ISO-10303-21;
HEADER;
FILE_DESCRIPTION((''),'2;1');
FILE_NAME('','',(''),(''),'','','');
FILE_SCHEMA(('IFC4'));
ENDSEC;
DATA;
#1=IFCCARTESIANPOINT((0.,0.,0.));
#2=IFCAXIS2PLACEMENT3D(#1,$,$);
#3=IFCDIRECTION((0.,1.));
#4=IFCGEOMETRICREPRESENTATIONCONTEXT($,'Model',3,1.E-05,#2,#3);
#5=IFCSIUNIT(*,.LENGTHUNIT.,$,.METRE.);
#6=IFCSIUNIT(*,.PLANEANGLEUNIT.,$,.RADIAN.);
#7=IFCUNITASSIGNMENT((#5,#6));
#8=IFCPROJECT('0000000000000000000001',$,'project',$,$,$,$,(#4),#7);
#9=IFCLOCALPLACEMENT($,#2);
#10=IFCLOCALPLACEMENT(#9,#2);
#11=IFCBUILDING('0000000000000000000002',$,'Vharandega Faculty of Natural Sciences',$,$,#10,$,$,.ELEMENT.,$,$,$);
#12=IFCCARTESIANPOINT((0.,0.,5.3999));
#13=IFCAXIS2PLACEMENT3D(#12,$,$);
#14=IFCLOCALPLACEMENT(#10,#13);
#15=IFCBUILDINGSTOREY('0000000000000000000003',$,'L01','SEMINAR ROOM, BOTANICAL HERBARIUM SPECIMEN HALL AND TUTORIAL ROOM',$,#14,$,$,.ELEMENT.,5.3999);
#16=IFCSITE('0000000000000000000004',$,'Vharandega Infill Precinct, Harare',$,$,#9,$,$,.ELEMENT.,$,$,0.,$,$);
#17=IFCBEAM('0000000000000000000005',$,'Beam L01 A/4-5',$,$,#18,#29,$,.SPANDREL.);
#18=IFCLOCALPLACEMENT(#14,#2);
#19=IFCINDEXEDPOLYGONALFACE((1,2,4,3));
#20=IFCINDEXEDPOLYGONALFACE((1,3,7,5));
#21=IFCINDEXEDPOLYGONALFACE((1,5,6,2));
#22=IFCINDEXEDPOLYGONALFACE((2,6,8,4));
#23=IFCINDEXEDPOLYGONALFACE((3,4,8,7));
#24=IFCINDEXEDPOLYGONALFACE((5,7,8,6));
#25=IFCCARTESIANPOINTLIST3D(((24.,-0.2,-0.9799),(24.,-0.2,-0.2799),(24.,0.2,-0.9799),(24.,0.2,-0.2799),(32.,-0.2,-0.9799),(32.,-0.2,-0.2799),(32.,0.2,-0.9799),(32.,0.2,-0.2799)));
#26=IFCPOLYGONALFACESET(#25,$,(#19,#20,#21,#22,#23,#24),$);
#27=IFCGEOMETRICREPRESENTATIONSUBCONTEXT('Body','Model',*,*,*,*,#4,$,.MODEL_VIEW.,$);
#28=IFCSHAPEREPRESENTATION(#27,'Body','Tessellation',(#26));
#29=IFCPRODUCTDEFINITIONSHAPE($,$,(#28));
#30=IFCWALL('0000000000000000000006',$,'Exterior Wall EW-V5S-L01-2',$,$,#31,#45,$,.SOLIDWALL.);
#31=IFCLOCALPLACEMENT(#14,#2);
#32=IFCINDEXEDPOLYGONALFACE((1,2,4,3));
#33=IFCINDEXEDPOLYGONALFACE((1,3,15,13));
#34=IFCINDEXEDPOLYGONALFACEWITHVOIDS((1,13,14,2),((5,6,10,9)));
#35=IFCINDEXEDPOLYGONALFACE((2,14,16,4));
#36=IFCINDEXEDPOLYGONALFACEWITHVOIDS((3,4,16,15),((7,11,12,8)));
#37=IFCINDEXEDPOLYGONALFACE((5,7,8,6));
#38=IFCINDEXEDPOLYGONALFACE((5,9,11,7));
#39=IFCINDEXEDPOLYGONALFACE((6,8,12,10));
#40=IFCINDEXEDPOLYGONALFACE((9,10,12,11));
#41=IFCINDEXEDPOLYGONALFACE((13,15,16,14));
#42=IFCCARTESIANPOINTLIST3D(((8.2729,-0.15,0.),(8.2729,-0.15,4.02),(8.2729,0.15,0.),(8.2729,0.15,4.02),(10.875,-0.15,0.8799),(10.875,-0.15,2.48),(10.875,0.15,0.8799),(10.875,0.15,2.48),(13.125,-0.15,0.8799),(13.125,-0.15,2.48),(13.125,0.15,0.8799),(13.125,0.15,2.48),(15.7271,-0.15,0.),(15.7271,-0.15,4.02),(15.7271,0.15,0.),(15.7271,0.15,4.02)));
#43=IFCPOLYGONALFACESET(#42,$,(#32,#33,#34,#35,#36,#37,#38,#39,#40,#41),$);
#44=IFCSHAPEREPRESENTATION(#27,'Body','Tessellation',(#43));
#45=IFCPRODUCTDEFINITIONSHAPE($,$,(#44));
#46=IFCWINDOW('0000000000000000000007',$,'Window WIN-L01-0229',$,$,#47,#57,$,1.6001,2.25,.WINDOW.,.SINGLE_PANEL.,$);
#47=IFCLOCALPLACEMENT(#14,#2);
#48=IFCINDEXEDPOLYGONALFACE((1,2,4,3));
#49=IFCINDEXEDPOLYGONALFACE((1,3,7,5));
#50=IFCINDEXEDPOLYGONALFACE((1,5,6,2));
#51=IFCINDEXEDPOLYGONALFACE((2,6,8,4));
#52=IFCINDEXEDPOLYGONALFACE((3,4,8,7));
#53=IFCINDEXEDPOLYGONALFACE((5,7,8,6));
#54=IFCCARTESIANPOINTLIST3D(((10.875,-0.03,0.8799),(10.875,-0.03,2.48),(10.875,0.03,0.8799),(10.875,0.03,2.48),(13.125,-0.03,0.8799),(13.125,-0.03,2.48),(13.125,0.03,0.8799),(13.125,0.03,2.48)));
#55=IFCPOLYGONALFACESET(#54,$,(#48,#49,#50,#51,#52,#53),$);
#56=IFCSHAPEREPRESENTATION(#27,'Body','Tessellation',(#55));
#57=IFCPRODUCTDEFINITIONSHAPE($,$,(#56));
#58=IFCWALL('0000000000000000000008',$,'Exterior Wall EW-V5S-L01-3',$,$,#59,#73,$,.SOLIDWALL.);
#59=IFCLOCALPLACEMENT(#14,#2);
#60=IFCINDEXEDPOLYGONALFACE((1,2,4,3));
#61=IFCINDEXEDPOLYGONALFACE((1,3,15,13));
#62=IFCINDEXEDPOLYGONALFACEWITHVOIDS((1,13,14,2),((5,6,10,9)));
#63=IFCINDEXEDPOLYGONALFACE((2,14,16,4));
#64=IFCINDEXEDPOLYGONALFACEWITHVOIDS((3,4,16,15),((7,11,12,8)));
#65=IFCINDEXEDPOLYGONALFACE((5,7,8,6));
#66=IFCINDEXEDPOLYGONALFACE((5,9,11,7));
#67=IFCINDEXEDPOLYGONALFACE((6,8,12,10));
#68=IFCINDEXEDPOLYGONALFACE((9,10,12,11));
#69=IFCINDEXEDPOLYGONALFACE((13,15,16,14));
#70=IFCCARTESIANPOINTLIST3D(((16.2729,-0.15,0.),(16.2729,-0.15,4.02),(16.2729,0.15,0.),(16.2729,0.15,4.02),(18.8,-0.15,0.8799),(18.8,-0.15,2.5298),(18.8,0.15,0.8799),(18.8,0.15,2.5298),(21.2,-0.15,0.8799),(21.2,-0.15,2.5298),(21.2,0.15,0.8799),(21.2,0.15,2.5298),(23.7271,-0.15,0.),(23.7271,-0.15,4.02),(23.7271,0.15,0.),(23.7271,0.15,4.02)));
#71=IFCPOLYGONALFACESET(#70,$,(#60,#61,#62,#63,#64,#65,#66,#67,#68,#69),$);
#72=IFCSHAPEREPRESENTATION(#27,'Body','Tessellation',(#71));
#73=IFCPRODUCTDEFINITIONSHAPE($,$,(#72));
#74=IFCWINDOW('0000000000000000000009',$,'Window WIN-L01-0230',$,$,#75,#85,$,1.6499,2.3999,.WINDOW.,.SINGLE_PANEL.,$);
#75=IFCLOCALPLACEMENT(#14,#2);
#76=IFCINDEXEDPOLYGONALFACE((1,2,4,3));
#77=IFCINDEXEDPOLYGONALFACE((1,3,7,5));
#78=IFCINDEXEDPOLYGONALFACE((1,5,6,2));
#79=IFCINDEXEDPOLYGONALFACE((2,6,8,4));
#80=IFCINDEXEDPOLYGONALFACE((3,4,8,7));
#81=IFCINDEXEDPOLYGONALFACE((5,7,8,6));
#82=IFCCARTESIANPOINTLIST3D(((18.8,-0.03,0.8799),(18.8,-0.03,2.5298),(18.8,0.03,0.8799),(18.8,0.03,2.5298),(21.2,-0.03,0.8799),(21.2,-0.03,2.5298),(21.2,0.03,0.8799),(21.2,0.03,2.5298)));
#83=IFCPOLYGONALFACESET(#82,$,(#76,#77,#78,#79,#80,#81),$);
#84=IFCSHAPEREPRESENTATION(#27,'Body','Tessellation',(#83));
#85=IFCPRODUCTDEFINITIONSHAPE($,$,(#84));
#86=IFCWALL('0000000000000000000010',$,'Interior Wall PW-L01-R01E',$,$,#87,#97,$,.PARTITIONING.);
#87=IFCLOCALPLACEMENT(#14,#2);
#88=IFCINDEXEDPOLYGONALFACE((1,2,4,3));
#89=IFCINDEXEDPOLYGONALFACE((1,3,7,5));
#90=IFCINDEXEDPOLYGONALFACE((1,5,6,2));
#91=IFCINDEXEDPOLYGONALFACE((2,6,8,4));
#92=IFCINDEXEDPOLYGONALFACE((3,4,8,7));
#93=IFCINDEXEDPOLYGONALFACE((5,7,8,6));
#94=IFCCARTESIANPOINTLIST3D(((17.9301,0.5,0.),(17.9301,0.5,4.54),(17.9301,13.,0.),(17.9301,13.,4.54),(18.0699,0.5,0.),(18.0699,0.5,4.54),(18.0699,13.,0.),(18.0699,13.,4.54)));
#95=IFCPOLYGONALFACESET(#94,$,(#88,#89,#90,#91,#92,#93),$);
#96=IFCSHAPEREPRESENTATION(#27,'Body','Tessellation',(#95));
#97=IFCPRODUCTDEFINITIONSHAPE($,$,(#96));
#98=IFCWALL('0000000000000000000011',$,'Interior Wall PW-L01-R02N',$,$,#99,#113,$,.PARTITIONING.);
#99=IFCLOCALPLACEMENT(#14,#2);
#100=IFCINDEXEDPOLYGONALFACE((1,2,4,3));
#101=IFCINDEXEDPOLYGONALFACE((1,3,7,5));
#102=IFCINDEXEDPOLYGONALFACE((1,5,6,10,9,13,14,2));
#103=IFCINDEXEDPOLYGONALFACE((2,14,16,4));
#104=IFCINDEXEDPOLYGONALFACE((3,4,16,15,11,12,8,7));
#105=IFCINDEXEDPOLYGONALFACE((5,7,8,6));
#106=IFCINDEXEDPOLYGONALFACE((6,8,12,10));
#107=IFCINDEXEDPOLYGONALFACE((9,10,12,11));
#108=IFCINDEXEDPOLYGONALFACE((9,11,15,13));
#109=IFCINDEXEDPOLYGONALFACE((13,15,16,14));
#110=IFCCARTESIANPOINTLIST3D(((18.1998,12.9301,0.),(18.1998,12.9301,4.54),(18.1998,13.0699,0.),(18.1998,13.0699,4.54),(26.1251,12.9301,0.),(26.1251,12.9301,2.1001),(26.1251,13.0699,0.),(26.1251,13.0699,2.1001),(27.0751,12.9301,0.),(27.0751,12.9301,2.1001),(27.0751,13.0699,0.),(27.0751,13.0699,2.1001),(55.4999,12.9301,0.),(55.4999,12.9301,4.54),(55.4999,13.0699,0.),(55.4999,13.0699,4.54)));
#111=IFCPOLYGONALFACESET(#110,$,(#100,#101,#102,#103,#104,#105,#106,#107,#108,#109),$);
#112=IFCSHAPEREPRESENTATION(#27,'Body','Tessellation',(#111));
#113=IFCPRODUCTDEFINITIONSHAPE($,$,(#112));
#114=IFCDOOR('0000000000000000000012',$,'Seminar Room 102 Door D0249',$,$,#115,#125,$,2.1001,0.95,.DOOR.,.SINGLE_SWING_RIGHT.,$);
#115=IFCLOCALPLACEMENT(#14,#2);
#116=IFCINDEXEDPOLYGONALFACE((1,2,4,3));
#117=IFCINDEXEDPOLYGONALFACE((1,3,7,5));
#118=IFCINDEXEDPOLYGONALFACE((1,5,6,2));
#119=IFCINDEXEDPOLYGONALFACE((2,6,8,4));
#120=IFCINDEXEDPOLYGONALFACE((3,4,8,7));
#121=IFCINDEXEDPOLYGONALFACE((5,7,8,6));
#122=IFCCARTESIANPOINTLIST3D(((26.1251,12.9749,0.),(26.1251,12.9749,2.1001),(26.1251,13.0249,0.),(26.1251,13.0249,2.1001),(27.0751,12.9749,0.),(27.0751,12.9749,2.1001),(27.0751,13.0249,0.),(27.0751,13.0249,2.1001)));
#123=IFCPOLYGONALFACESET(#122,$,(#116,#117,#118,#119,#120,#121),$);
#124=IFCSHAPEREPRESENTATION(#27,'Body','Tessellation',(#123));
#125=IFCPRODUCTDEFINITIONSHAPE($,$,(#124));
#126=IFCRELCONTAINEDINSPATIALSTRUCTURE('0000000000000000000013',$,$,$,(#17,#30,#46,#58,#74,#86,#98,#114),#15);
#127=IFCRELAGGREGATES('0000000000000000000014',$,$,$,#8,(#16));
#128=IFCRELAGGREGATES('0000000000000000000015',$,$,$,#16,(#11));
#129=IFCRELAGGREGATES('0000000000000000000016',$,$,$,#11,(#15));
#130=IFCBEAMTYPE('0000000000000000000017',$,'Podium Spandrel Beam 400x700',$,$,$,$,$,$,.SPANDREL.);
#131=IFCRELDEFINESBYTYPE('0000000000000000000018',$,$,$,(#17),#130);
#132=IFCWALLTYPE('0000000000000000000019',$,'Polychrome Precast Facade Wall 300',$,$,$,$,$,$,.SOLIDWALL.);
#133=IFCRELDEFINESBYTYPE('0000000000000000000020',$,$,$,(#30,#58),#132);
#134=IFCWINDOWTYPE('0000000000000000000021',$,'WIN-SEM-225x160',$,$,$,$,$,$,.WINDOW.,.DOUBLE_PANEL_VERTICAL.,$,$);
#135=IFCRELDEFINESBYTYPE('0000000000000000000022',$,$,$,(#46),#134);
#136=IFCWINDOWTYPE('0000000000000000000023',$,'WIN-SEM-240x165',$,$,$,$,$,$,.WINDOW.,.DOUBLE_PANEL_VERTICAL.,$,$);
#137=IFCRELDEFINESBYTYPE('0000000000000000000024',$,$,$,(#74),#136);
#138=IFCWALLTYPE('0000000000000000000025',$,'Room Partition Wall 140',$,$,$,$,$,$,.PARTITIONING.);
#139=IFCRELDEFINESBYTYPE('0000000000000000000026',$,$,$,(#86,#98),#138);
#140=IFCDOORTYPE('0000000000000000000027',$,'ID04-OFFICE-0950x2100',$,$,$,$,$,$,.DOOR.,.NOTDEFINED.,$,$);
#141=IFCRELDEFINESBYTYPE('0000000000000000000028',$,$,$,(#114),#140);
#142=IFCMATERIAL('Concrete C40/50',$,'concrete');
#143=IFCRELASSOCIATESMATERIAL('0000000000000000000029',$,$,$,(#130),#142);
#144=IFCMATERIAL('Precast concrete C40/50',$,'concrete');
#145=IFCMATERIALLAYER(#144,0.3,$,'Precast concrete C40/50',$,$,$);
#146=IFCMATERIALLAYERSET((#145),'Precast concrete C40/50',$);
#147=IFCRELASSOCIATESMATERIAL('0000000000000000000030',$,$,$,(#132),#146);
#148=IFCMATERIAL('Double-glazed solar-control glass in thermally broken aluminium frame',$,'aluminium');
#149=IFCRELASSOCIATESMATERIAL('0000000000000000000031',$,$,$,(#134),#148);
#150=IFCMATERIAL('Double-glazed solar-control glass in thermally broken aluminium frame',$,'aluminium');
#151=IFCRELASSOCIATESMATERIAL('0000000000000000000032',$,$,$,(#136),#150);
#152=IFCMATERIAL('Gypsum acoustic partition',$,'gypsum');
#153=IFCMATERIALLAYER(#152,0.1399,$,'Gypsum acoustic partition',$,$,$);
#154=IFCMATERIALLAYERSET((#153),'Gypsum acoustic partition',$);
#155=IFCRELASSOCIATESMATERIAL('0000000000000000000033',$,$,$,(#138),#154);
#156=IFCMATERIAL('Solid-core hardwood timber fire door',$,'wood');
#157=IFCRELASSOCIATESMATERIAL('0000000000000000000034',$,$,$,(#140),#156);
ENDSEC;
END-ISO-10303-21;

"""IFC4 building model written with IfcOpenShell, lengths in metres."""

from ifc_helpers import new_model, si_unit, direction, frame, frame_2d, origin, origin_2d, place, context, subcontext, project, spatial, rectangle, extrude, material, layer, layer_set, material_profile, profile_set, type_object, element, fill, save


model = new_model("IFC4")

# Units and contexts
model_context = context("Model", 3, precision=1e-05, world=origin(), true_north=direction((0.0, 1.0)))
body_context = subcontext(model_context, "Body", "Model", "MODEL_VIEW")
ifc_project = project(units=[si_unit("LENGTHUNIT", "METRE"), si_unit("PLANEANGLEUNIT", "RADIAN")], contexts=[model_context])

# Site, building, storey
site_placement = place(None, origin())
site = spatial("IfcSite", under=ifc_project, at=site_placement, Name="Vharandega Infill Precinct, Harare", CompositionType="ELEMENT", RefElevation=0.0)
building_placement = place(site_placement, origin())
building = spatial("IfcBuilding", under=site, at=building_placement, Name="Vharandega Faculty of Natural Sciences", CompositionType="ELEMENT")
storey_placement = place(building_placement, frame((0.0, 0.0, 5.3999)))
storey = spatial("IfcBuildingStorey", under=building, at=storey_placement, Name="L01", Description="SEMINAR ROOM, BOTANICAL HERBARIUM SPECIMEN HALL AND TUTORIAL ROOM", CompositionType="ELEMENT", Elevation=5.3999)

# Beam
ifc_material_1 = material(Name="Concrete C40/50", Category="concrete")
ifc_material_profile_1 = material_profile(ifc_material_1, rectangle(XDim=0.3999, YDim=0.7, at=origin_2d()), Name="RC 400x700")
ifc_profile_set_1 = profile_set([ifc_material_profile_1], Name="Concrete C40/50")
beam_type_1 = type_object("IfcBeamType", Name="Podium Spandrel Beam 400x700", PredefinedType="SPANDREL", material=ifc_profile_set_1)
for number, where, z_axis, x_axis, name in (
    (1, (24.0, 0.0, -0.6299), (1.0, 0.0, 0.0), (0.0, 1.0, 0.0), "Beam L01 A/4-5"),
):
    element("IfcBeam", number, at=place(storey_placement, frame(where, z_axis=z_axis, x_axis=x_axis)), inside=storey, type_object=beam_type_1, Name=name, PredefinedType="SPANDREL", context=body_context, shape_type="SweptSolid", body=[
        extrude(rectangle(XDim=0.3999, YDim=0.7, at=origin_2d()), origin(), (0.0, 0.0, 1.0), 8.0),
    ])

# Walls, openings, windows
ifc_material_2 = material(Name="Precast concrete C40/50", Category="concrete")
ifc_layer_1 = layer(ifc_material_2, 0.3, Name="Precast concrete C40/50")
ifc_layer_set_1 = layer_set([ifc_layer_1], Name="Precast concrete C40/50")
wall_type_1 = type_object("IfcWallType", Name="Polychrome Precast Facade Wall 300", PredefinedType="SOLIDWALL", material=ifc_layer_set_1)
wall_1_placement = place(storey_placement, frame((15.7271, 0.0, 0.0), z_axis=(0.0, 0.0, 1.0), x_axis=(-1.0, 0.0, 0.0)))
wall_1 = element("IfcWall", 2, at=wall_1_placement, inside=storey, type_object=wall_type_1, Name="Exterior Wall EW-V5S-L01-2", PredefinedType="SOLIDWALL", context=body_context, shape_type="SweptSolid", body=[
    extrude(rectangle(XDim=7.4541, YDim=0.3, at=frame_2d((3.7271, 0.0))), origin(), (0.0, 0.0, 1.0), 4.02),
])
opening_1_placement = place(wall_1_placement, frame((2.6021, 0.0, 0.8799)))
opening_1 = element("IfcOpeningElement", 3, at=opening_1_placement, cuts=wall_1, PredefinedType="OPENING", context=body_context, shape_type="SweptSolid", body=[
    extrude(rectangle(XDim=2.25, YDim=1.6001, at=frame_2d((1.125, 0.8))), frame((0.0, 0.1602, 0.0), z_axis=(0.0, -1.0, 0.0), x_axis=(1.0, 0.0, 0.0)), (0.0, 0.0, 1.0), 0.3201),
])
ifc_material_3 = material(Name="Double-glazed solar-control glass in thermally broken aluminium frame", Category="aluminium")
window_type_1 = type_object("IfcWindowType", Name="WIN-SEM-225x160", PartitioningType="DOUBLE_PANEL_VERTICAL", PredefinedType="WINDOW", material=ifc_material_3)
window_1_placement = place(opening_1_placement, origin())
window_1 = element("IfcWindow", 4, at=window_1_placement, inside=storey, type_object=window_type_1, Name="Window WIN-L01-0229", OverallHeight=1.6001, OverallWidth=2.25, PartitioningType="SINGLE_PANEL", PredefinedType="WINDOW", context=body_context, shape_type="SweptSolid", body=[
    extrude(rectangle(XDim=2.25, YDim=1.6001, at=frame_2d((1.125, 0.8))), frame((0.0, 0.03, 0.0), z_axis=(0.0, -1.0, 0.0), x_axis=(1.0, 0.0, 0.0)), (0.0, 0.0, 1.0), 0.0601),
])
fill(opening_1, window_1)
wall_2_placement = place(storey_placement, frame((23.7271, 0.0, 0.0), z_axis=(0.0, 0.0, 1.0), x_axis=(-1.0, 0.0, 0.0)))
wall_2 = element("IfcWall", 5, at=wall_2_placement, inside=storey, type_object=wall_type_1, Name="Exterior Wall EW-V5S-L01-3", PredefinedType="SOLIDWALL", context=body_context, shape_type="SweptSolid", body=[
    extrude(rectangle(XDim=7.4541, YDim=0.3, at=frame_2d((3.7271, 0.0))), origin(), (0.0, 0.0, 1.0), 4.02),
])
opening_2_placement = place(wall_2_placement, frame((2.5271, 0.0, 0.8799)))
opening_2 = element("IfcOpeningElement", 6, at=opening_2_placement, cuts=wall_2, PredefinedType="OPENING", context=body_context, shape_type="SweptSolid", body=[
    extrude(rectangle(XDim=2.3999, YDim=1.6499, at=frame_2d((1.2, 0.825))), frame((0.0, 0.1602, 0.0), z_axis=(0.0, -1.0, 0.0), x_axis=(1.0, 0.0, 0.0)), (0.0, 0.0, 1.0), 0.3201),
])
ifc_material_4 = material(Name="Double-glazed solar-control glass in thermally broken aluminium frame", Category="aluminium")
window_type_2 = type_object("IfcWindowType", Name="WIN-SEM-240x165", PartitioningType="DOUBLE_PANEL_VERTICAL", PredefinedType="WINDOW", material=ifc_material_4)
window_2_placement = place(opening_2_placement, origin())
window_2 = element("IfcWindow", 7, at=window_2_placement, inside=storey, type_object=window_type_2, Name="Window WIN-L01-0230", OverallHeight=1.6499, OverallWidth=2.3999, PartitioningType="SINGLE_PANEL", PredefinedType="WINDOW", context=body_context, shape_type="SweptSolid", body=[
    extrude(rectangle(XDim=2.3999, YDim=1.6499, at=frame_2d((1.2, 0.825))), frame((0.0, 0.03, 0.0), z_axis=(0.0, -1.0, 0.0), x_axis=(1.0, 0.0, 0.0)), (0.0, 0.0, 1.0), 0.0601),
])
fill(opening_2, window_2)

# Wall
ifc_material_5 = material(Name="Gypsum acoustic partition", Category="gypsum")
ifc_layer_2 = layer(ifc_material_5, 0.1399, Name="Gypsum acoustic partition")
ifc_layer_set_2 = layer_set([ifc_layer_2], Name="Gypsum acoustic partition")
wall_type_2 = type_object("IfcWallType", Name="Room Partition Wall 140", PredefinedType="PARTITIONING", material=ifc_layer_set_2)
wall_3_placement = place(storey_placement, frame((18.0, 0.5, 0.0), z_axis=(0.0, 0.0, 1.0), x_axis=(0.0, 1.0, 0.0)))
element("IfcWall", 8, at=wall_3_placement, inside=storey, type_object=wall_type_2, Name="Interior Wall PW-L01-R01E", PredefinedType="PARTITIONING", context=body_context, shape_type="SweptSolid", body=[
    extrude(rectangle(XDim=12.5, YDim=0.1399, at=frame_2d((6.25, 0.0))), origin(), (0.0, 0.0, 1.0), 4.54),
])

# Wall, opening, door
wall_4_placement = place(storey_placement, frame((18.2, 13.0, 0.0), z_axis=(0.0, 0.0, 1.0), x_axis=(1.0, 0.0, 0.0)))
wall_4 = element("IfcWall", 9, at=wall_4_placement, inside=storey, type_object=wall_type_2, Name="Interior Wall PW-L01-R02N", PredefinedType="PARTITIONING", context=body_context, shape_type="SweptSolid", body=[
    extrude(rectangle(XDim=37.3, YDim=0.1399, at=frame_2d((18.6499, 0.0))), origin(), (0.0, 0.0, 1.0), 4.54),
])
opening_3_placement = place(wall_4_placement, frame((7.925, 0.0, 0.0)))
opening_3 = element("IfcOpeningElement", 10, at=opening_3_placement, cuts=wall_4, PredefinedType="OPENING", context=body_context, shape_type="SweptSolid", body=[
    extrude(rectangle(XDim=0.95, YDim=2.1001, at=frame_2d((0.4751, 1.05))), frame((0.0, 0.0801, 0.0), z_axis=(0.0, -1.0, 0.0), x_axis=(1.0, 0.0, 0.0)), (0.0, 0.0, 1.0), 0.1599),
])
ifc_material_6 = material(Name="Solid-core hardwood timber fire door", Category="wood")
door_type = type_object("IfcDoorType", Name="ID04-OFFICE-0950x2100", OperationType="NOTDEFINED", PredefinedType="DOOR", material=ifc_material_6)
door_placement = place(opening_3_placement, origin())
door = element("IfcDoor", 11, at=door_placement, inside=storey, type_object=door_type, Name="Seminar Room 102 Door D0249", OperationType="SINGLE_SWING_RIGHT", OverallHeight=2.1001, OverallWidth=0.95, PredefinedType="DOOR", context=body_context, shape_type="SweptSolid", body=[
    extrude(rectangle(XDim=0.95, YDim=2.1001, at=frame_2d((0.4751, 1.05))), frame((0.0, 0.0249, 0.0), z_axis=(0.0, -1.0, 0.0), x_axis=(1.0, 0.0, 0.0)), (0.0, 0.0, 1.0), 0.05),
])
fill(opening_3, door)

save(model, "model.ifc")
